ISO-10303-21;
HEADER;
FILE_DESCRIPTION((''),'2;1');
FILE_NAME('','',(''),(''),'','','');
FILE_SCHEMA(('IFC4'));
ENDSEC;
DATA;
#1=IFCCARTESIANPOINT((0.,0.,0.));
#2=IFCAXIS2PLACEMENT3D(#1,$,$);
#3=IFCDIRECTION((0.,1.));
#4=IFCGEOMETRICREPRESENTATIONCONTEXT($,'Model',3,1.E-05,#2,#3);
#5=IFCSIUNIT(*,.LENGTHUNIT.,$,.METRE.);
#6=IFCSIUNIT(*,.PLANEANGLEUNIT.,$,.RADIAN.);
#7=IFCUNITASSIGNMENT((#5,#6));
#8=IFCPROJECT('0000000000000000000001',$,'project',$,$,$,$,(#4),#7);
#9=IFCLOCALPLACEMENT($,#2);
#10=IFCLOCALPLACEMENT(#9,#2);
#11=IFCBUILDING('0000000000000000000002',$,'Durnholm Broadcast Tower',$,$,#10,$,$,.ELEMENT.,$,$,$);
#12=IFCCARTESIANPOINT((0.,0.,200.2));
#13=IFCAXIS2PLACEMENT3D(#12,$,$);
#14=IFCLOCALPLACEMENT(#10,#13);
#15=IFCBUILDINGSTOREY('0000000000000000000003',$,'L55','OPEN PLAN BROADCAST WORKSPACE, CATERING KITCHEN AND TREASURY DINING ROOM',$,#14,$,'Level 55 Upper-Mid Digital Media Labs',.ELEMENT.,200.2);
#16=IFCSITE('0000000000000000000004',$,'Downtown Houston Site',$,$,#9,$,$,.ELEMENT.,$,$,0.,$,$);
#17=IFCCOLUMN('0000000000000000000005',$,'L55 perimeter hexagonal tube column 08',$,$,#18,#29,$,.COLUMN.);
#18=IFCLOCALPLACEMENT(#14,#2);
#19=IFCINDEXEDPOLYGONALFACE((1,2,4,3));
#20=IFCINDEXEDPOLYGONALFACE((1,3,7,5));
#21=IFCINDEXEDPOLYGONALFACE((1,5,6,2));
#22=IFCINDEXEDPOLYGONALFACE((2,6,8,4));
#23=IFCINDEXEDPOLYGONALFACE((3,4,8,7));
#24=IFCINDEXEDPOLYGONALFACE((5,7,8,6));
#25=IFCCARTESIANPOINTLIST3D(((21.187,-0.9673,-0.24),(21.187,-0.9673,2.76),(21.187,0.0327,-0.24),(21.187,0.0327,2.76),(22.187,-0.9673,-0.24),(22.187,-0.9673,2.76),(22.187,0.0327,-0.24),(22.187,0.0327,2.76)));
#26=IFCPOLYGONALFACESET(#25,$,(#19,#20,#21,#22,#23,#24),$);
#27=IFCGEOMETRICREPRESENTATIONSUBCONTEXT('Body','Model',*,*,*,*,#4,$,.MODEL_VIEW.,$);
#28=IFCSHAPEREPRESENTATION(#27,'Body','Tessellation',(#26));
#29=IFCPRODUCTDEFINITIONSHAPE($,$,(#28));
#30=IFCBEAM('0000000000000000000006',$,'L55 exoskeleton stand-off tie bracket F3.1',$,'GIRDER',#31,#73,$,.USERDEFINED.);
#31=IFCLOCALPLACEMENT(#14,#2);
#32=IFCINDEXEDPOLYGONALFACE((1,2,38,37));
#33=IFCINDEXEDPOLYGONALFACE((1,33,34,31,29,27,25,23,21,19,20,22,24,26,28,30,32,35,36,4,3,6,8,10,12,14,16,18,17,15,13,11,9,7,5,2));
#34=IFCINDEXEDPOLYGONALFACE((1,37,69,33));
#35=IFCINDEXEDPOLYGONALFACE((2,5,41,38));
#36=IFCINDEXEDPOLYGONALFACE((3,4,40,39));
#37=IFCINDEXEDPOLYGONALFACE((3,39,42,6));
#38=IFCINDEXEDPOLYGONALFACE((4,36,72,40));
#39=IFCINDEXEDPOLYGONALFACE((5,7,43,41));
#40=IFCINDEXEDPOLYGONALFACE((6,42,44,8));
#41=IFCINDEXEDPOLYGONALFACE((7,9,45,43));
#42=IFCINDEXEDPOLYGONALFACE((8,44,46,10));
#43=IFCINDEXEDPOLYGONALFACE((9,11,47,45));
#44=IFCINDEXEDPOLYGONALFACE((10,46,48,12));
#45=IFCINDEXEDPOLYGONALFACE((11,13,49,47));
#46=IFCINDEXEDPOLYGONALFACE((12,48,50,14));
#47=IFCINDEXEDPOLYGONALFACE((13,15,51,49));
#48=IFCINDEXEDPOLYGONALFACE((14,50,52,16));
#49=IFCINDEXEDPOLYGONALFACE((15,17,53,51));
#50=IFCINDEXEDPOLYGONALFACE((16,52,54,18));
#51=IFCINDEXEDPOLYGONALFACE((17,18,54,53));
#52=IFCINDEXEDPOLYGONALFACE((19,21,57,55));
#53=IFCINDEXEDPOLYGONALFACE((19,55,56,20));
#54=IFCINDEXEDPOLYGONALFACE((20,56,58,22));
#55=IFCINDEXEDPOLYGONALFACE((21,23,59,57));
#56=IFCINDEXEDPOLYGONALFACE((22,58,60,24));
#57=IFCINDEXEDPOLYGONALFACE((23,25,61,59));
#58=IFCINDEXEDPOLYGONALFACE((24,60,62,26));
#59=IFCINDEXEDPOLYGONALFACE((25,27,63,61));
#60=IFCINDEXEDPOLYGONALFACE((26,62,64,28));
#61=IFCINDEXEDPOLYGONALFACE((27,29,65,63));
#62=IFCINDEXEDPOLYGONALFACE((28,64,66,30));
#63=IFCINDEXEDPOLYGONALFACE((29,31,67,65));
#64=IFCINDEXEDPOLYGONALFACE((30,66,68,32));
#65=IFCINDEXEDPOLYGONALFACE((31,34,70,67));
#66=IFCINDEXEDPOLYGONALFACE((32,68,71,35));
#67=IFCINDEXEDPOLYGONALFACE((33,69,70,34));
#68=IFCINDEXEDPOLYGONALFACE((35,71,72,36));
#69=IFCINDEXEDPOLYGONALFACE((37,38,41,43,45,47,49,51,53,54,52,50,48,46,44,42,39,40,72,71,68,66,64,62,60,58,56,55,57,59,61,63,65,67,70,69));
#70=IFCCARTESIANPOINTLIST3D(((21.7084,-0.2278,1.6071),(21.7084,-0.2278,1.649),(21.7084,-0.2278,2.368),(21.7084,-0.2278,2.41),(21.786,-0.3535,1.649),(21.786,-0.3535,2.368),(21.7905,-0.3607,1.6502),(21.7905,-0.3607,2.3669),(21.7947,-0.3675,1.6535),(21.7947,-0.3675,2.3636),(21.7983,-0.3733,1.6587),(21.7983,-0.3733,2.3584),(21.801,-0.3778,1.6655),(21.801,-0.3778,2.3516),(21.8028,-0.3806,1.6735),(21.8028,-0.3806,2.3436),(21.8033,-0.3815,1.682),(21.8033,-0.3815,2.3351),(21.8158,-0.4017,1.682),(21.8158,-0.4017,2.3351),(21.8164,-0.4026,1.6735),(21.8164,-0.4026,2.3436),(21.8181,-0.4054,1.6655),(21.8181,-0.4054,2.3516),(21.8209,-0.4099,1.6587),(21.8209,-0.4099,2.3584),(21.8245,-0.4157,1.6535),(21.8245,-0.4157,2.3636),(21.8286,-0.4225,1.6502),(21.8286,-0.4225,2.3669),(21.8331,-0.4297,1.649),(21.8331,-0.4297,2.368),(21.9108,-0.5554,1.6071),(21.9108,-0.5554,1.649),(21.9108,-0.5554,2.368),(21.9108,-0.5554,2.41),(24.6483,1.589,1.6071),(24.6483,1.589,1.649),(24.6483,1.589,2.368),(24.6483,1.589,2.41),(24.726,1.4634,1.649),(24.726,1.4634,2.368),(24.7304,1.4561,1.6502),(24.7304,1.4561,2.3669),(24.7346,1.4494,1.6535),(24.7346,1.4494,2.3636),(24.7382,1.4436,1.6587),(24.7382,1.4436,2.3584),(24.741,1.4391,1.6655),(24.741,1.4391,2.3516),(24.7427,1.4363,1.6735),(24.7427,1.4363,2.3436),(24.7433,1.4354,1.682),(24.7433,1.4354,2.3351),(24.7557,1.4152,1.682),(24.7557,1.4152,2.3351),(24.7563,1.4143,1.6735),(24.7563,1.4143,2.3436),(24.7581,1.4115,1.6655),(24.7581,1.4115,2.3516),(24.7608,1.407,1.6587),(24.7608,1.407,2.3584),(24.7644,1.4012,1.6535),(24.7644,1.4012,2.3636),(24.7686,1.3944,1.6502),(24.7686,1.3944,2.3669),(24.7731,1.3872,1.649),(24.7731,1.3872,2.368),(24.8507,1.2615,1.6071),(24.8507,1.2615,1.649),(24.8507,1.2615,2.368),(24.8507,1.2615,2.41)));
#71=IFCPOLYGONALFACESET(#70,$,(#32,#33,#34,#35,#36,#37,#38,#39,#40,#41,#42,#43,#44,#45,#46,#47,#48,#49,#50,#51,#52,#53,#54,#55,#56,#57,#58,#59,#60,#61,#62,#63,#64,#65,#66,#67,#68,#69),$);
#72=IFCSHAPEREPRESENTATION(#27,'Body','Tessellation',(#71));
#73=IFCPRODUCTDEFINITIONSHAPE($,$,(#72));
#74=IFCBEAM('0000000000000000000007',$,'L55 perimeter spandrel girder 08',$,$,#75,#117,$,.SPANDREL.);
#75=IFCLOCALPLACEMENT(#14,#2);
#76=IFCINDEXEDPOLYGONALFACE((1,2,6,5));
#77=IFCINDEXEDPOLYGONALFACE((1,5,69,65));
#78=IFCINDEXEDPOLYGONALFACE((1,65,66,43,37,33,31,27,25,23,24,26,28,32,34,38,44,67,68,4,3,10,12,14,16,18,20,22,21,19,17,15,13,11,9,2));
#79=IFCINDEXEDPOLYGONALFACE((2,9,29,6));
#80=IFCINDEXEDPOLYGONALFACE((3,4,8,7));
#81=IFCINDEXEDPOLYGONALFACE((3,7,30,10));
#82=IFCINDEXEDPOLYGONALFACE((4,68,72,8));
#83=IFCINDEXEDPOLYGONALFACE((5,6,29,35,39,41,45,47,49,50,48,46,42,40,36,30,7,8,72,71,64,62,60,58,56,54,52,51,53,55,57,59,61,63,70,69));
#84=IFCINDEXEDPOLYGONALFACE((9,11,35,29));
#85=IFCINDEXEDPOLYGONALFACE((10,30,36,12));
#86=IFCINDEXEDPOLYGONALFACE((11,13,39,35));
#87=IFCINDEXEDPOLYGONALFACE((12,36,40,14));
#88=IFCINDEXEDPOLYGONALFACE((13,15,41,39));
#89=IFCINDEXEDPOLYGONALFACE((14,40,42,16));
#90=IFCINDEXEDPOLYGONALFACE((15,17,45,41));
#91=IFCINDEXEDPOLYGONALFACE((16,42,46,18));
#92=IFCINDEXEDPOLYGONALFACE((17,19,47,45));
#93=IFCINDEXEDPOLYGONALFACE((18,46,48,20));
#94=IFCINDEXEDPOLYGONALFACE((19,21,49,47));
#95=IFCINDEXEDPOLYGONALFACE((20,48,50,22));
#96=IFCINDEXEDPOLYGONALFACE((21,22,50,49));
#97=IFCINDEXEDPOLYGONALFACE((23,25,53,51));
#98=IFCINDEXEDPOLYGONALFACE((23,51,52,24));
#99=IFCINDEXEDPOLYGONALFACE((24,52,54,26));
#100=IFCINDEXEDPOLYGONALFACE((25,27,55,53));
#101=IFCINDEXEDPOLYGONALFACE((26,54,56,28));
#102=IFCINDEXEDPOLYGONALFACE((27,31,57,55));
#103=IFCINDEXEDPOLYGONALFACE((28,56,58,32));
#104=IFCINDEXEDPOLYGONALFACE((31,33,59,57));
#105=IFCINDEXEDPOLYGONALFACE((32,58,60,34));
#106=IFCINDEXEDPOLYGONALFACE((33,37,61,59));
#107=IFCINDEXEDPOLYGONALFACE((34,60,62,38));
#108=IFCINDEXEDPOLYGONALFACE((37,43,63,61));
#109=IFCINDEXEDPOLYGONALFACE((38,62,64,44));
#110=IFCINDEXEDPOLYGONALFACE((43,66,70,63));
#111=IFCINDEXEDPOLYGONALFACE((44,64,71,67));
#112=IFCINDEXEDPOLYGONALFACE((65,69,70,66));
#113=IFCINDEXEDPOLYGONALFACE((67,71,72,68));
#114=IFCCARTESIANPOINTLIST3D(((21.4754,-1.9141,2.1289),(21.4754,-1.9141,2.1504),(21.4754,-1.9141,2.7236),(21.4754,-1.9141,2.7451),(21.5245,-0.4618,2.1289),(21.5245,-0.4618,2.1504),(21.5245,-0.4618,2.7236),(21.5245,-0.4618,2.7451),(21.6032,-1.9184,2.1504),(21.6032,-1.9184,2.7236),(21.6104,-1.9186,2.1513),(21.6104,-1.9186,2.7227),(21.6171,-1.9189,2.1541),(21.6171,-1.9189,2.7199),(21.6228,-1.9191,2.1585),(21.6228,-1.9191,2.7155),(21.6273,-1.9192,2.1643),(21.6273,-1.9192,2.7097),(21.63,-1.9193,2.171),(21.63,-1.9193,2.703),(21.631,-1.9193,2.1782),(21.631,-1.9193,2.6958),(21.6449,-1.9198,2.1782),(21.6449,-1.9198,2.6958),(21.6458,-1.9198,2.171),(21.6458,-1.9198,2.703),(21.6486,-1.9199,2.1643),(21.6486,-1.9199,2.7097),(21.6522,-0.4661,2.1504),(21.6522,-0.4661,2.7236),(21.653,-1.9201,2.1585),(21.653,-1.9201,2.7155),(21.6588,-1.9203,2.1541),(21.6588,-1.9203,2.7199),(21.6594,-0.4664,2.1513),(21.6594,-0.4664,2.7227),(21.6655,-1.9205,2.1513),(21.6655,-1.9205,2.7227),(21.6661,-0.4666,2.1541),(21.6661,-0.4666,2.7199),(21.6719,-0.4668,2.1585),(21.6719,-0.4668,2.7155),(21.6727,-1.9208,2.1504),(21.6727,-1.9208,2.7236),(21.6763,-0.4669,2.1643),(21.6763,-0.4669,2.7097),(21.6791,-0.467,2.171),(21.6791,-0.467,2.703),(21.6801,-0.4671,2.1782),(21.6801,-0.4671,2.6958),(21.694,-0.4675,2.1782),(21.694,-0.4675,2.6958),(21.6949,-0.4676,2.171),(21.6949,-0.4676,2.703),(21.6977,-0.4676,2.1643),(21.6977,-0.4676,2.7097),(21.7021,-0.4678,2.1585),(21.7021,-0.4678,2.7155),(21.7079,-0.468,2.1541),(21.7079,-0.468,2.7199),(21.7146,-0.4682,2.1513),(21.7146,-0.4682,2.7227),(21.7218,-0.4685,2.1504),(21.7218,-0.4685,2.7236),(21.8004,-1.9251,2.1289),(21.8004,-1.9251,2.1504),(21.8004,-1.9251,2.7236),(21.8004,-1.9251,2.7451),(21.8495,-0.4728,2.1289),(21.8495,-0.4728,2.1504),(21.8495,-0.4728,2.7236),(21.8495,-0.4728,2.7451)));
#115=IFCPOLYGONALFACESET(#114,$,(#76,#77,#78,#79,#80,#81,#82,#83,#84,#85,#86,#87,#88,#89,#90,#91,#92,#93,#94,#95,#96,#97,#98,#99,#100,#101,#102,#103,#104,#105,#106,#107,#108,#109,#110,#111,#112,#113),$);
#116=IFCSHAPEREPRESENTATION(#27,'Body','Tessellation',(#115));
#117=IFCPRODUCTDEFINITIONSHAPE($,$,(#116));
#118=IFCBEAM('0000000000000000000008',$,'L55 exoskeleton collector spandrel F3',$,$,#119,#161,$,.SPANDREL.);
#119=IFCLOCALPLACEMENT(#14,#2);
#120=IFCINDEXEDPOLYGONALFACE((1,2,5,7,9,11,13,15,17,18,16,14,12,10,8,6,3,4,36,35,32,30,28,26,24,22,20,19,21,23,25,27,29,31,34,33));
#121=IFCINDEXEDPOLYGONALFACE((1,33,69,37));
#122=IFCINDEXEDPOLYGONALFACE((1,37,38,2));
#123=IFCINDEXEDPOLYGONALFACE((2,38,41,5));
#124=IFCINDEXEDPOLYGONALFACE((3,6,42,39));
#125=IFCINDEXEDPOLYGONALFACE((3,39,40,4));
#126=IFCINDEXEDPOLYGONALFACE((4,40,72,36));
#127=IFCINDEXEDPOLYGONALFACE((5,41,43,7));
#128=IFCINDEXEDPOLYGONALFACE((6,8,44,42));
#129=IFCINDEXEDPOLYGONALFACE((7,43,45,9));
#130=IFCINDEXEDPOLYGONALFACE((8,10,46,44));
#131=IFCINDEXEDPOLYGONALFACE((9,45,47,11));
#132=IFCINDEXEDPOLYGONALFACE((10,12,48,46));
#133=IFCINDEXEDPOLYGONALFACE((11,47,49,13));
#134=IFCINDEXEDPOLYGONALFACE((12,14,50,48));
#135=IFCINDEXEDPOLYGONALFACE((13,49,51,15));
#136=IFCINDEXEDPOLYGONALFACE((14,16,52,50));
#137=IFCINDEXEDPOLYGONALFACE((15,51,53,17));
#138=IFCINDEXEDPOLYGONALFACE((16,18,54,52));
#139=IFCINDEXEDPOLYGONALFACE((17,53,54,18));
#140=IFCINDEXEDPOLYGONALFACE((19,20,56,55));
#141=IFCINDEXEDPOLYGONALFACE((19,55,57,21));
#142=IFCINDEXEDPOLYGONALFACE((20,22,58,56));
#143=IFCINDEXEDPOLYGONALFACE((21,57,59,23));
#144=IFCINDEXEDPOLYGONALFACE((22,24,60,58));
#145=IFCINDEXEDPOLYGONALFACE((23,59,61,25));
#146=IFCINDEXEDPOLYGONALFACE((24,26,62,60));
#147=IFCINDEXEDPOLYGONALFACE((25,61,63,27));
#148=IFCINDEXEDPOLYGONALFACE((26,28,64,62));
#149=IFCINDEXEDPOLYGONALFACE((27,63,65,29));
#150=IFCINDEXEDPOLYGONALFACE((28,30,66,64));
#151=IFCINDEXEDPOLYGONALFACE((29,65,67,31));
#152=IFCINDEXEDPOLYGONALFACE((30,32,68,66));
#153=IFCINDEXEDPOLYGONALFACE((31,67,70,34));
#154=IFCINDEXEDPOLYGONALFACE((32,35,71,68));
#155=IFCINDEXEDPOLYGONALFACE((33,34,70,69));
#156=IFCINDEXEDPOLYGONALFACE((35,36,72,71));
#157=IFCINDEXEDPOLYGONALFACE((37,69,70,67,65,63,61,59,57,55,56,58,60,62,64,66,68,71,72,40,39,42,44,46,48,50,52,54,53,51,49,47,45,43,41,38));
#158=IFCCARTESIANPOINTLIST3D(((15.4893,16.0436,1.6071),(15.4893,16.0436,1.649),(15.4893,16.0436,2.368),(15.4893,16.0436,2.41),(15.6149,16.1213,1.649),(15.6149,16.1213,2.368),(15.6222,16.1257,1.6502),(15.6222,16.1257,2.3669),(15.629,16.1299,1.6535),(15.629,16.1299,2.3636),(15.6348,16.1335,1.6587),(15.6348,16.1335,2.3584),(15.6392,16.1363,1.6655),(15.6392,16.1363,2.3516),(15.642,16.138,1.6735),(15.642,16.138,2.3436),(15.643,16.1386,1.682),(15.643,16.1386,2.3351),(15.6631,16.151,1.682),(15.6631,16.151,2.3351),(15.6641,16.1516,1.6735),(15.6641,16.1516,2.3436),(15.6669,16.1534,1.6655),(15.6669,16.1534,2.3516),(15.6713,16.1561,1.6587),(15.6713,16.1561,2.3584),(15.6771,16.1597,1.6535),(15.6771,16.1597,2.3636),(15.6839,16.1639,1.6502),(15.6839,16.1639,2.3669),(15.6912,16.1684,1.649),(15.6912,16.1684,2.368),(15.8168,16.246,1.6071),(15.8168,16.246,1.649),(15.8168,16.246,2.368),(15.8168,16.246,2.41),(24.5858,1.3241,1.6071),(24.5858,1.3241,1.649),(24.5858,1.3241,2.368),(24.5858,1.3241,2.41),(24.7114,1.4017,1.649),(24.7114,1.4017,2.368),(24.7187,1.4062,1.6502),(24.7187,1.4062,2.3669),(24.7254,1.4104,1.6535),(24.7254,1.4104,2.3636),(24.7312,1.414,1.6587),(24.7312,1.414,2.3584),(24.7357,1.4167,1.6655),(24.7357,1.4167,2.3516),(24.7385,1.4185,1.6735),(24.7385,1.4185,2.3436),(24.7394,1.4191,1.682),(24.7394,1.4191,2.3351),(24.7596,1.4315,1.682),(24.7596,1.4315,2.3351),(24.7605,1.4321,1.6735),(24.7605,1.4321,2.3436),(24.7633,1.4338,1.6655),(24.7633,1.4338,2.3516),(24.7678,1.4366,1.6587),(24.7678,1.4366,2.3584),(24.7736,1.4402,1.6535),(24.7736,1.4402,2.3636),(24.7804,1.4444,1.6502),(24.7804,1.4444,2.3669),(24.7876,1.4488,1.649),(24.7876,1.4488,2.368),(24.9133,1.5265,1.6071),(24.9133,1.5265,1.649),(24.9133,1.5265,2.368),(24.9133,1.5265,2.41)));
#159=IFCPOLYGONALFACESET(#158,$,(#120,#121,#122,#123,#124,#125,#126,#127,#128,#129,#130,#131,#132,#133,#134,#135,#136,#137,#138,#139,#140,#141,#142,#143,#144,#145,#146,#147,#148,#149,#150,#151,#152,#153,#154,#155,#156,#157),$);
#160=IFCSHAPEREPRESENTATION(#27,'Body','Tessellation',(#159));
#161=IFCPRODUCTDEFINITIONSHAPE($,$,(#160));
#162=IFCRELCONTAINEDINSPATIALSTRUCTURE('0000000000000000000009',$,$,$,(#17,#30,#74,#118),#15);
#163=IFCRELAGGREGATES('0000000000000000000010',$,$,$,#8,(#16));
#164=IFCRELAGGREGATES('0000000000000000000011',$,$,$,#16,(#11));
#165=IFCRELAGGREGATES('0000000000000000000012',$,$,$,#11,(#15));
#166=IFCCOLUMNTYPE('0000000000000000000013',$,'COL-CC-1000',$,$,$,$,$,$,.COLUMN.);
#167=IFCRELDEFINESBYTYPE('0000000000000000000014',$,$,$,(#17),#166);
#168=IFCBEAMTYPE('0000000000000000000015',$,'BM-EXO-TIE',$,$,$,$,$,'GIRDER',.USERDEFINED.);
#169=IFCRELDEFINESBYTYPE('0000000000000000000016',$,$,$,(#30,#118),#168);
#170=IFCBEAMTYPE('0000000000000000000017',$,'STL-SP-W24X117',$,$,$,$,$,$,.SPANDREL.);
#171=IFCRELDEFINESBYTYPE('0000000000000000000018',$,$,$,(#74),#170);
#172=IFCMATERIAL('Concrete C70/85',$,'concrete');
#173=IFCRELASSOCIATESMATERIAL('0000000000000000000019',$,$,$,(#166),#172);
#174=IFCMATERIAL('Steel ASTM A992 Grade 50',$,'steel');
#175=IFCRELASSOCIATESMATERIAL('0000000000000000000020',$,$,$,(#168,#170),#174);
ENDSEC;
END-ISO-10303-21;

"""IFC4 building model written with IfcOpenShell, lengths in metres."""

from ifc_helpers import new_model, si_unit, direction, frame, origin, origin_2d, place, context, subcontext, project, spatial, rectangle, i_section, extrude, source, transform, mapped, material, material_profile, profile_set, type_object, type_shapes, element, save


model = new_model("IFC4")

# Units and contexts
model_context = context("Model", 3, precision=1e-05, world=origin(), true_north=direction((0.0, 1.0)))
body_context = subcontext(model_context, "Body", "Model", "MODEL_VIEW")
ifc_project = project(units=[si_unit("LENGTHUNIT", "METRE"), si_unit("PLANEANGLEUNIT", "RADIAN")], contexts=[model_context])

# Site, building, storey
site_placement = place(None, origin())
site = spatial("IfcSite", under=ifc_project, at=site_placement, Name="Downtown Houston Site", CompositionType="ELEMENT", RefElevation=0.0)
building_placement = place(site_placement, origin())
building = spatial("IfcBuilding", under=site, at=building_placement, Name="Durnholm Broadcast Tower", CompositionType="ELEMENT")
storey_placement = place(building_placement, frame((0.0, 0.0, 200.2)))
storey = spatial("IfcBuildingStorey", under=building, at=storey_placement, Name="L55", Description="OPEN PLAN BROADCAST WORKSPACE, CATERING KITCHEN AND TREASURY DINING ROOM", LongName="Level 55 Upper-Mid Digital Media Labs", CompositionType="ELEMENT", Elevation=200.2)

# Column
ifc_material_1 = material(Name="Concrete C70/85", Category="concrete")
ifc_material_profile_1 = material_profile(ifc_material_1, rectangle(XDim=1.0, YDim=1.0, at=origin_2d()), Name="RC1000X1000")
ifc_profile_set_1 = profile_set([ifc_material_profile_1], Name="Concrete C70/85")
column_type = type_object("IfcColumnType", Name="COL-CC-1000", PredefinedType="COLUMN", material=ifc_profile_set_1)
shared_shape_1 = source(origin(), body_context, "Body", "SweptSolid", [
    extrude(rectangle(XDim=1.0, YDim=1.0, at=origin_2d()), origin(), (0.0, 0.0, 1.0), 3.0),
])
type_shapes(column_type, [shared_shape_1])
column_placement = place(storey_placement, frame((21.687, -0.4673, -0.24), z_axis=(0.0, 0.0, 1.0), x_axis=(1.0, 0.0, 0.0)))
element("IfcColumn", 1, at=column_placement, inside=storey, type_object=column_type, Name="L55 perimeter hexagonal tube column 08", PredefinedType="COLUMN", context=body_context, shape_type="MappedRepresentation", body=[
    mapped(shared_shape_1, transform((0.0, 0.0, 0.0), x_axis=(1.0, 0.0, 0.0), y_axis=(0.0, 1.0, 0.0), z_axis=(0.0, 0.0, 1.0), scale=1.0)),
])

# Beams
ifc_material_2 = material(Name="Steel ASTM A992 Grade 50", Category="steel")
ifc_material_profile_2 = material_profile(ifc_material_2, i_section(OverallWidth=0.385, OverallDepth=0.803, WebThickness=0.0237, FlangeThickness=0.042, FilletRadius=0.033, at=origin_2d()), Name="W30X261")
ifc_profile_set_2 = profile_set([ifc_material_profile_2], Name="Steel ASTM A992 Grade 50")
beam_type_1 = type_object("IfcBeamType", Name="BM-EXO-TIE", ElementType="GIRDER", PredefinedType="USERDEFINED", material=ifc_profile_set_2)
shared_shape_2 = source(origin(), body_context, "Body", "SweptSolid", [
    extrude(i_section(OverallWidth=0.385, OverallDepth=0.803, WebThickness=0.0237, FlangeThickness=0.042, FilletRadius=0.033, at=origin_2d()), origin(), (0.0, 0.0, 1.0), 3.4561),
])
beam_1_placement = place(storey_placement, frame((21.8096, -0.3916, 2.0085), z_axis=(0.850662, 0.525712, 0.0), x_axis=(-0.525712, 0.850662, 0.0)))
element("IfcBeam", 2, at=beam_1_placement, inside=storey, type_object=beam_type_1, Name="L55 exoskeleton stand-off tie bracket F3.1", ObjectType="GIRDER", PredefinedType="USERDEFINED", context=body_context, shape_type="MappedRepresentation", body=[
    mapped(shared_shape_2, transform((0.0, 0.0, 0.0), x_axis=(1.0, 0.0, 0.0), y_axis=(0.0, 1.0, 0.0), z_axis=(0.0, 0.0, 1.0), scale=1.0)),
])
ifc_material_profile_3 = material_profile(ifc_material_2, i_section(OverallWidth=0.3252, OverallDepth=0.6162, WebThickness=0.0139, FlangeThickness=0.0215, FilletRadius=0.0278, at=origin_2d()), Name="W24X117")
ifc_profile_set_3 = profile_set([ifc_material_profile_3], Name="Steel ASTM A992 Grade 50")
beam_type_2 = type_object("IfcBeamType", Name="STL-SP-W24X117", PredefinedType="SPANDREL", material=ifc_profile_set_3)
shared_shape_3 = source(origin(), body_context, "Body", "SweptSolid", [
    extrude(i_section(OverallWidth=0.3252, OverallDepth=0.6162, WebThickness=0.0139, FlangeThickness=0.0215, FilletRadius=0.0278, at=origin_2d()), origin(), (0.0, 0.0, 1.0), 1.4531),
])
type_shapes(beam_type_2, [shared_shape_3])
beam_2_placement = place(storey_placement, frame((21.687, -0.4673, 2.437), z_axis=(-0.033768, -0.99943, 0.0), x_axis=(0.99943, -0.033768, 0.0)))
element("IfcBeam", 3, at=beam_2_placement, inside=storey, type_object=beam_type_2, Name="L55 perimeter spandrel girder 08", PredefinedType="SPANDREL", context=body_context, shape_type="MappedRepresentation", body=[
    mapped(shared_shape_3, transform((0.0, 0.0, 0.0), x_axis=(1.0, 0.0, 0.0), y_axis=(0.0, 1.0, 0.0), z_axis=(0.0, 0.0, 1.0), scale=1.0)),
])
shared_shape_4 = source(origin(), body_context, "Body", "SweptSolid", [
    extrude(i_section(OverallWidth=0.385, OverallDepth=0.803, WebThickness=0.0237, FlangeThickness=0.042, FilletRadius=0.033, at=origin_2d()), origin(), (0.0, 0.0, 1.0), 17.3035),
])
type_shapes(beam_type_1, [shared_shape_2, shared_shape_4])
beam_3_placement = place(storey_placement, frame((24.7495, 1.4253, 2.0085), z_axis=(-0.525702, 0.850669, 0.0), x_axis=(-0.850669, -0.525702, 0.0)))
element("IfcBeam", 4, at=beam_3_placement, inside=storey, type_object=beam_type_1, Name="L55 exoskeleton collector spandrel F3", PredefinedType="SPANDREL", context=body_context, shape_type="MappedRepresentation", body=[
    mapped(shared_shape_4, transform((0.0, 0.0, 0.0), x_axis=(1.0, 0.0, 0.0), y_axis=(0.0, 1.0, 0.0), z_axis=(0.0, 0.0, 1.0), scale=1.0)),
])

save(model, "model.ifc")
